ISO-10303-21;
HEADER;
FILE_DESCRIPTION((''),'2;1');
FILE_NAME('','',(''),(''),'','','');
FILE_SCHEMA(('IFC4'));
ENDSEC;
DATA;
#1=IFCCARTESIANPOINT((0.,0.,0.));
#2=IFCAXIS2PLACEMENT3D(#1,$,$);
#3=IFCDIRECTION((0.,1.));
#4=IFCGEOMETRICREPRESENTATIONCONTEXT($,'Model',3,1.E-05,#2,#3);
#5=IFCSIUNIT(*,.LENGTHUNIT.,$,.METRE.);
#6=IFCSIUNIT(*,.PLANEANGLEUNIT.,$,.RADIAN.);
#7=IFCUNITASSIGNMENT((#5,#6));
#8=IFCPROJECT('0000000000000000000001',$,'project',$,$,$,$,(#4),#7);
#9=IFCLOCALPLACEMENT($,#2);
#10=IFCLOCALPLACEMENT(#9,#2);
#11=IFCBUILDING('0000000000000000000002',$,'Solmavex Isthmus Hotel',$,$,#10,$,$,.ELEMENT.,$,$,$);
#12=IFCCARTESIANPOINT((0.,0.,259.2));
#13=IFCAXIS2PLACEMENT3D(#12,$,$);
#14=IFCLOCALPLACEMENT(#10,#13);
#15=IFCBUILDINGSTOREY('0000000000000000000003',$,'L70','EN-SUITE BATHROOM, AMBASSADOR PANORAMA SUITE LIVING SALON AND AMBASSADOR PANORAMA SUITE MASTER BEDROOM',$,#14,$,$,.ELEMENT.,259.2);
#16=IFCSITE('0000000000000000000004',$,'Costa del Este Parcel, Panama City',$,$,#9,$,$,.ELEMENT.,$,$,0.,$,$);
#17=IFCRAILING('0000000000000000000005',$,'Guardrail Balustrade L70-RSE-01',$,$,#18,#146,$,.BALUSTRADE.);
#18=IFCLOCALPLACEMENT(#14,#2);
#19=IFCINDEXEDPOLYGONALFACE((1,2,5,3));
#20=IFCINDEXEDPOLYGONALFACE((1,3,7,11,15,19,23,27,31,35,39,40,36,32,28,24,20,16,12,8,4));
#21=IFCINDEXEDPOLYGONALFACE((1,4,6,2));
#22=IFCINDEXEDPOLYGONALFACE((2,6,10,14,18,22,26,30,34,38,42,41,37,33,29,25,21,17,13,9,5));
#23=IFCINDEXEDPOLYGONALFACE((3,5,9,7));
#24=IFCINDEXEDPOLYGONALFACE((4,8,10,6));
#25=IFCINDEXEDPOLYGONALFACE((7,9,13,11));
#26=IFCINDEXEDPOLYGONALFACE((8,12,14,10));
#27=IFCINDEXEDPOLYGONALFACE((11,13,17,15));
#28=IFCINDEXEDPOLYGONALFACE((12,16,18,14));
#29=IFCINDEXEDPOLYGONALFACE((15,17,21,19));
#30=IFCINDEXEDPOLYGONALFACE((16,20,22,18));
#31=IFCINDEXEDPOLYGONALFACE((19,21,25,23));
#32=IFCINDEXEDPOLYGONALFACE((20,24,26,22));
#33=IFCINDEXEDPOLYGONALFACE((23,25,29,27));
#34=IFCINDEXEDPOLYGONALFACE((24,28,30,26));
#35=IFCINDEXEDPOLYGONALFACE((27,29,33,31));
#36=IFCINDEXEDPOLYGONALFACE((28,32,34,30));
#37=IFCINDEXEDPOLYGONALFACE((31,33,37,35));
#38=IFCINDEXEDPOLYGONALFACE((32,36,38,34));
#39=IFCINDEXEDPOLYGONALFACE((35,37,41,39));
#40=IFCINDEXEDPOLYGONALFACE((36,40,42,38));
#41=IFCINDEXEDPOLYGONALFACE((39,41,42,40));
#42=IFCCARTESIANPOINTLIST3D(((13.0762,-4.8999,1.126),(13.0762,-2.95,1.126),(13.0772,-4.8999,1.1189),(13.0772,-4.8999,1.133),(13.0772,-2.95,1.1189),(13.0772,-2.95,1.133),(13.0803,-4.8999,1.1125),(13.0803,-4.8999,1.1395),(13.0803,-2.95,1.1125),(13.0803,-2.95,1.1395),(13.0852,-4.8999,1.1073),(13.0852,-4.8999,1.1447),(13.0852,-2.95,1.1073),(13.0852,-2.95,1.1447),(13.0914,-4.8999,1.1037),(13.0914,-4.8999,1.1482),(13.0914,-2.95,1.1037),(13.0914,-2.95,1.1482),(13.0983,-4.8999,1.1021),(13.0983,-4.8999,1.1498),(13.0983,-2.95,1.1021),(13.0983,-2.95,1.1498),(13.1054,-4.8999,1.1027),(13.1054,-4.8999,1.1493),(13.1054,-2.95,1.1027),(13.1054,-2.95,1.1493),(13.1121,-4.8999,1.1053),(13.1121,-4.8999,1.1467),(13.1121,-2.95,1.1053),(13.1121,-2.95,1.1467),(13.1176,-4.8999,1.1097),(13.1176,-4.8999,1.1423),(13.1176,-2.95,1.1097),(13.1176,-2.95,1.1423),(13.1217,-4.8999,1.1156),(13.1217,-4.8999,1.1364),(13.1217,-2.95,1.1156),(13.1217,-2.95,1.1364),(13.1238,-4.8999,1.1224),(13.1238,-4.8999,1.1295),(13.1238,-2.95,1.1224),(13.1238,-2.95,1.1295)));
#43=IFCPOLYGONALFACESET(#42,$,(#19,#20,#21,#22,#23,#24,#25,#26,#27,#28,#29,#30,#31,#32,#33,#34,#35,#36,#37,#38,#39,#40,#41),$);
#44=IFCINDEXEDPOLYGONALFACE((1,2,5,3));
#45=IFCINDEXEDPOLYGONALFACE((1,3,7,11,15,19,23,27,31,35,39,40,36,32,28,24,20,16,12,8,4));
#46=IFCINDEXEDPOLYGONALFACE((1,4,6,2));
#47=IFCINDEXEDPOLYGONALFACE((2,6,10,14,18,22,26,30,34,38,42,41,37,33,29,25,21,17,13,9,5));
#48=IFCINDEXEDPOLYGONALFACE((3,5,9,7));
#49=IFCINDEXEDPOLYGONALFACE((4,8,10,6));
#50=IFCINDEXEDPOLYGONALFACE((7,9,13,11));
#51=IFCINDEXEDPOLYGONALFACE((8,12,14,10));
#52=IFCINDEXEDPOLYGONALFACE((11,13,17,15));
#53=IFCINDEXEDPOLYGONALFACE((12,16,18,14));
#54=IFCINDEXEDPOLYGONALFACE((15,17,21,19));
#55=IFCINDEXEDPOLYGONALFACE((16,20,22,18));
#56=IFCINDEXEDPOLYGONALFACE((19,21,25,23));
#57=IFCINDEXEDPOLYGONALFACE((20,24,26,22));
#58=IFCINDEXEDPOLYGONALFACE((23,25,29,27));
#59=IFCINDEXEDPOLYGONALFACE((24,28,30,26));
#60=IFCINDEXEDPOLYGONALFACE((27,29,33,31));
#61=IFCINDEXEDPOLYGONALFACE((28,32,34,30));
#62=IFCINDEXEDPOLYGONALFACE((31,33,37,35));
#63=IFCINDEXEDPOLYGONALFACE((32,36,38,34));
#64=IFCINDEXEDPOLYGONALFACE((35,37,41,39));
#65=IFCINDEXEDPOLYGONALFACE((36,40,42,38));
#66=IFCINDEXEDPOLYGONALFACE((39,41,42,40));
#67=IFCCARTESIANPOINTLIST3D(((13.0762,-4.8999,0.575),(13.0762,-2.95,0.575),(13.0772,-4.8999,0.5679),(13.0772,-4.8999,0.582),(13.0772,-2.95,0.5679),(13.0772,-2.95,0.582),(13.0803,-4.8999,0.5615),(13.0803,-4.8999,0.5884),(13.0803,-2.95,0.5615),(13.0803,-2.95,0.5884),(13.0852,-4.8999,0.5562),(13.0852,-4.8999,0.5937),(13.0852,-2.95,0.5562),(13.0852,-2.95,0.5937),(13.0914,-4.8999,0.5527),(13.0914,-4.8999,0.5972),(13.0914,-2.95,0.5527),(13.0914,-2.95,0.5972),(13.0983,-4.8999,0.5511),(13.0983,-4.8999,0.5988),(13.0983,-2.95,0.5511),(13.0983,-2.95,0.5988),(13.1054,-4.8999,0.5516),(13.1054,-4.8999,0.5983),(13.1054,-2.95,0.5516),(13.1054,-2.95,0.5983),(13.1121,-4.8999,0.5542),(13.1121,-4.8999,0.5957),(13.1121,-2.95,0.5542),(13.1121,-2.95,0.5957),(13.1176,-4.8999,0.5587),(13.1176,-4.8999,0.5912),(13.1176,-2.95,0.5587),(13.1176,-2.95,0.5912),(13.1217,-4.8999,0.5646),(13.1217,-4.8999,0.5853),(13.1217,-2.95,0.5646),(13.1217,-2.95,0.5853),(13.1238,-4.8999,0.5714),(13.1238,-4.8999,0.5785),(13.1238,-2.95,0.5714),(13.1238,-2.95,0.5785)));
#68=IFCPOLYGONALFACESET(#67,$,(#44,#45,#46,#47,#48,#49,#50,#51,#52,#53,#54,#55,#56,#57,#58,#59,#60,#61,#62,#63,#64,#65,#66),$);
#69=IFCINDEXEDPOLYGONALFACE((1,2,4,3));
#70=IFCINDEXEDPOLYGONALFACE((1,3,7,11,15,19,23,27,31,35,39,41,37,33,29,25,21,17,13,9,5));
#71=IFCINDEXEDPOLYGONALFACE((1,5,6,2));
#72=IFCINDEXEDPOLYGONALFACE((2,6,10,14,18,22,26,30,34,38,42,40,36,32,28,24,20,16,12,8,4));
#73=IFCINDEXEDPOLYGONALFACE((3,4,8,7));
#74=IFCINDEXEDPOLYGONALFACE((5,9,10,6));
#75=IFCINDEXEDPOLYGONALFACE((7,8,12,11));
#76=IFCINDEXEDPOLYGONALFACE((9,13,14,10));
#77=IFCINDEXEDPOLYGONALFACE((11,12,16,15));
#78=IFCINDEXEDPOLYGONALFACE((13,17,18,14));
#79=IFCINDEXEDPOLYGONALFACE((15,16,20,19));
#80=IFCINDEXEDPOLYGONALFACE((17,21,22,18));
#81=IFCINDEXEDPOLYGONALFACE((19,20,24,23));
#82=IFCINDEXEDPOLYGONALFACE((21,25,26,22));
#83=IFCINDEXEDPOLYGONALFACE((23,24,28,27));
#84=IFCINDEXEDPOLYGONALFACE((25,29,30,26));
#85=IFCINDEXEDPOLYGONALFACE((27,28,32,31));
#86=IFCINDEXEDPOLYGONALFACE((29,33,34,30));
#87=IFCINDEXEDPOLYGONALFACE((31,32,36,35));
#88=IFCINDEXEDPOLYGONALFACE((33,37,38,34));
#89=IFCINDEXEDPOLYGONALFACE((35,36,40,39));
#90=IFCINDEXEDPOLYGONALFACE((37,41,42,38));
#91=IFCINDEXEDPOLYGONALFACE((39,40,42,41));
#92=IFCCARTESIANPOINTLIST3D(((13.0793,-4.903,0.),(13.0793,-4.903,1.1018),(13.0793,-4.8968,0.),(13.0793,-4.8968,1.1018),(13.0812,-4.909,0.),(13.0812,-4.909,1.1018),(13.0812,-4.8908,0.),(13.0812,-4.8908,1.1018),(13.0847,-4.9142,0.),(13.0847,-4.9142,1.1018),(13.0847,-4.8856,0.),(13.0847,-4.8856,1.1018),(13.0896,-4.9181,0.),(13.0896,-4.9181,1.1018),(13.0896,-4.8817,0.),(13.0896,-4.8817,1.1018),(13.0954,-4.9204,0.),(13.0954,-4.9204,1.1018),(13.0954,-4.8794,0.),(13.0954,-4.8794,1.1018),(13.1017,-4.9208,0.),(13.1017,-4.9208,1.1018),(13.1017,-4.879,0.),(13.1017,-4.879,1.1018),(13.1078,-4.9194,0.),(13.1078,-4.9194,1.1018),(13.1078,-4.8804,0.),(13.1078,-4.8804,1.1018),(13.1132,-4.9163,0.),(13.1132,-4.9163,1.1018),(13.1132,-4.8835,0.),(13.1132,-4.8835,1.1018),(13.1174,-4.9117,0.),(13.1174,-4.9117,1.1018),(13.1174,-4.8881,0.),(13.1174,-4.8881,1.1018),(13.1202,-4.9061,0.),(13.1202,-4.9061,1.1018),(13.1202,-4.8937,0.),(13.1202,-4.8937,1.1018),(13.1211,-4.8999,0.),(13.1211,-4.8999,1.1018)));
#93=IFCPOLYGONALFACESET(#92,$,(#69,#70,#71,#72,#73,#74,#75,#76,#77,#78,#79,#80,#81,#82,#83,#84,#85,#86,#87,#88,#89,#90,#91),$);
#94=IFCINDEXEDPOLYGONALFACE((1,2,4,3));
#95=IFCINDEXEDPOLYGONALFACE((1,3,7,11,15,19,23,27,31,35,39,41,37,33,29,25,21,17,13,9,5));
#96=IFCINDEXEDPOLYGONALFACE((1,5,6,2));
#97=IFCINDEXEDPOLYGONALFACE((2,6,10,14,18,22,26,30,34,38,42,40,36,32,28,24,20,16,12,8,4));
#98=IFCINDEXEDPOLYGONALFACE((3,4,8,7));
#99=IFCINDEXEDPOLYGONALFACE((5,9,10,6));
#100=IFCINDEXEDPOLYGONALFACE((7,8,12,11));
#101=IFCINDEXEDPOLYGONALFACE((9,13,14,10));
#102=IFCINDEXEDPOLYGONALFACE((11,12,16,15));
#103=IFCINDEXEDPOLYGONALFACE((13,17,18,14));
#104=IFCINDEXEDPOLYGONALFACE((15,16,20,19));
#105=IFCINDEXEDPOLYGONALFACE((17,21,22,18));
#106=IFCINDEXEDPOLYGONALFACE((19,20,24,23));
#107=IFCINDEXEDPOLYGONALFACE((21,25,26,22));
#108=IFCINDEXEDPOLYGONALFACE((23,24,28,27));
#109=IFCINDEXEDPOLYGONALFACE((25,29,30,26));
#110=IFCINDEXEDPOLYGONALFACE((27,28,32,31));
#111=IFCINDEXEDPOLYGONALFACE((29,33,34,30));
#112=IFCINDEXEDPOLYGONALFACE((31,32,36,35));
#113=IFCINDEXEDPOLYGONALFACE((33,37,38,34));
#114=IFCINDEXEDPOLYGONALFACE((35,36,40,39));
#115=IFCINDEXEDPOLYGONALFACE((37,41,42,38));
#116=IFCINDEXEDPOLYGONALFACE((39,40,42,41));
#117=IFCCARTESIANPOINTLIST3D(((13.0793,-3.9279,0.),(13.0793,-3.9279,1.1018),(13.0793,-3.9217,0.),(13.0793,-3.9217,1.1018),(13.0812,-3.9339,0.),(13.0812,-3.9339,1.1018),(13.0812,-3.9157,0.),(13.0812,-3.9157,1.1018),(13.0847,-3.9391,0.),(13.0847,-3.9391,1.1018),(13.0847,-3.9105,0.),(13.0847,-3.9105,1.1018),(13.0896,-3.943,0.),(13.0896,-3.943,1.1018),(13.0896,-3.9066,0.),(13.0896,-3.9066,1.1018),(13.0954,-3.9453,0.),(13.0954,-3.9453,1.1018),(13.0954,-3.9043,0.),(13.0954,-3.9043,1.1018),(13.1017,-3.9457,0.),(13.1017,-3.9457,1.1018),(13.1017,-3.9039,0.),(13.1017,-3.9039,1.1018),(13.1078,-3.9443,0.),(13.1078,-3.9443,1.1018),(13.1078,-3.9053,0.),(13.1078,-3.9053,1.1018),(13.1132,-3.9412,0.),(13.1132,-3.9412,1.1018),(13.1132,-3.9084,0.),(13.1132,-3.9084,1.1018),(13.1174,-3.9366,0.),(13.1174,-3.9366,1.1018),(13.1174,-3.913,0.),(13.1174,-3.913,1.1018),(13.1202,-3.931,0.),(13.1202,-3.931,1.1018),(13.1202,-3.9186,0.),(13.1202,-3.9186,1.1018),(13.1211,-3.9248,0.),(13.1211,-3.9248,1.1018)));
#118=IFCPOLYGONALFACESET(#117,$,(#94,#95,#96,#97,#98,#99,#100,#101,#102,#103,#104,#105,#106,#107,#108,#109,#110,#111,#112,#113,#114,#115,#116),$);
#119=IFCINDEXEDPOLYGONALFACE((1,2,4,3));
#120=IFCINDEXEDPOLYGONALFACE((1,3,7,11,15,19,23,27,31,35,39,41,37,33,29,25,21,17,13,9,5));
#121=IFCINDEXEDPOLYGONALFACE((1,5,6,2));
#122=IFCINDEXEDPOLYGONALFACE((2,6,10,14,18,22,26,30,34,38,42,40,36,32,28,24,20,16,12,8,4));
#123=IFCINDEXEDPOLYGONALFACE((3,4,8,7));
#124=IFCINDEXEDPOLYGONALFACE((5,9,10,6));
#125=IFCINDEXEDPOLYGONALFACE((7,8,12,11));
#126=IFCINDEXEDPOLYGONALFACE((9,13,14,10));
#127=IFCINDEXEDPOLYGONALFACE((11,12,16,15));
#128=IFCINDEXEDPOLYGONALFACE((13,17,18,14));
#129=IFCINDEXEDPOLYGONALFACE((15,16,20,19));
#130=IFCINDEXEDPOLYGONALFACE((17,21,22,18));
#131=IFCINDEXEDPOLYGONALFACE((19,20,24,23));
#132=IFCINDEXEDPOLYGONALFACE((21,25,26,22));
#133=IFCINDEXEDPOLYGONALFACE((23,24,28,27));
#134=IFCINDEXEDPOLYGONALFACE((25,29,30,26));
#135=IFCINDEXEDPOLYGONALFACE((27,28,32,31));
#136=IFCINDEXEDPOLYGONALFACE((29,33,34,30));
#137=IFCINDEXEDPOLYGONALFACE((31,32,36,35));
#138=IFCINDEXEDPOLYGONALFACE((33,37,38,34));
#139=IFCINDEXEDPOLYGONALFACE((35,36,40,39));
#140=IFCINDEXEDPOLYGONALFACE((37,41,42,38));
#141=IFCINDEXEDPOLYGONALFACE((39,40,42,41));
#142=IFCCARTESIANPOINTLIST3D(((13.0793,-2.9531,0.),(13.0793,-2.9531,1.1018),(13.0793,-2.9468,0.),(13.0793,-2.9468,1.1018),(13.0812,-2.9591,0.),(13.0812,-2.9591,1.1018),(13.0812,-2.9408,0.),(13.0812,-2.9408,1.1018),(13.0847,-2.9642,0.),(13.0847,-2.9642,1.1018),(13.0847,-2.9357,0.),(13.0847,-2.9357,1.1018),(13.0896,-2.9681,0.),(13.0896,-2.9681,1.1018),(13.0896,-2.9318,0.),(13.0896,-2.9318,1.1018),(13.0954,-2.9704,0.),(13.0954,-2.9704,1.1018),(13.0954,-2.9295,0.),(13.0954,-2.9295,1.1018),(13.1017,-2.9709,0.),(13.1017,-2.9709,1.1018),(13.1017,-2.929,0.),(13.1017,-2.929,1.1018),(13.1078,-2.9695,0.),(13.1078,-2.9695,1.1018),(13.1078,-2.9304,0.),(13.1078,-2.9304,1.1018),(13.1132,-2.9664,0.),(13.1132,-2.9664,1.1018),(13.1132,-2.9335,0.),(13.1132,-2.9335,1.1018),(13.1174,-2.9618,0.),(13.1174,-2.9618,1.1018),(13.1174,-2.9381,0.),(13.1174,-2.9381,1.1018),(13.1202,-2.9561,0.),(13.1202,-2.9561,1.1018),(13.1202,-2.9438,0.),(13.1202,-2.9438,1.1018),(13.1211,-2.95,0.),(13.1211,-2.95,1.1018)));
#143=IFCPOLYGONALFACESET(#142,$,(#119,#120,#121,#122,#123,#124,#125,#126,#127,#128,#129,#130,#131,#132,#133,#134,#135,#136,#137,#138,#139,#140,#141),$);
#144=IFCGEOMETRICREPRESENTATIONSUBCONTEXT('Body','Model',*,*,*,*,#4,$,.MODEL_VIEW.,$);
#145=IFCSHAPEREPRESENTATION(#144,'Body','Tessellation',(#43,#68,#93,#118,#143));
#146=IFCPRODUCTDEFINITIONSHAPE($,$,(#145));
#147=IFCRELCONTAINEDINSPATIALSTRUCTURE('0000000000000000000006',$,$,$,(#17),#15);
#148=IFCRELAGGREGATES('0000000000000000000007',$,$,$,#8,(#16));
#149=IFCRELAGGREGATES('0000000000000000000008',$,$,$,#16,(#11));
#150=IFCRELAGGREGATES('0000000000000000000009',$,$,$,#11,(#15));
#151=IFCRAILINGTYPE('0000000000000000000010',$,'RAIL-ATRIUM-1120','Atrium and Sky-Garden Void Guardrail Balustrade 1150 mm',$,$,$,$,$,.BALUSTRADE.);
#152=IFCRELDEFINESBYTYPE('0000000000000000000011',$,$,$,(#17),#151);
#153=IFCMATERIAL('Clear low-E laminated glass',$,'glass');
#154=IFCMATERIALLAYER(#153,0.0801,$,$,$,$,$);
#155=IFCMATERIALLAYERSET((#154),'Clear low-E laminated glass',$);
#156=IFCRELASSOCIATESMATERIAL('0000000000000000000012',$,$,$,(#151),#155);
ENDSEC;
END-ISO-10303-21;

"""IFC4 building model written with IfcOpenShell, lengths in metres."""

from ifc_helpers import new_model, si_unit, direction, frame, origin, origin_2d, place, context, subcontext, project, spatial, circle, extrude, material, layer, layer_set, type_object, element, save


model = new_model("IFC4")

# Units and contexts
model_context = context("Model", 3, precision=1e-05, world=origin(), true_north=direction((0.0, 1.0)))
body_context = subcontext(model_context, "Body", "Model", "MODEL_VIEW")
ifc_project = project(units=[si_unit("LENGTHUNIT", "METRE"), si_unit("PLANEANGLEUNIT", "RADIAN")], contexts=[model_context])

# Site, building, storey
site_placement = place(None, origin())
site = spatial("IfcSite", under=ifc_project, at=site_placement, Name="Costa del Este Parcel, Panama City", CompositionType="ELEMENT", RefElevation=0.0)
building_placement = place(site_placement, origin())
building = spatial("IfcBuilding", under=site, at=building_placement, Name="Solmavex Isthmus Hotel", CompositionType="ELEMENT")
storey_placement = place(building_placement, frame((0.0, 0.0, 259.2)))
storey = spatial("IfcBuildingStorey", under=building, at=storey_placement, Name="L70", Description="EN-SUITE BATHROOM, AMBASSADOR PANORAMA SUITE LIVING SALON AND AMBASSADOR PANORAMA SUITE MASTER BEDROOM", CompositionType="ELEMENT", Elevation=259.2)

# Railing
ifc_material_1 = material(Name="Clear low-E laminated glass", Category="glass")
ifc_layer_1 = layer(ifc_material_1, 0.0801)
ifc_layer_set_1 = layer_set([ifc_layer_1], Name="Clear low-E laminated glass")
railing_type_1 = type_object("IfcRailingType", Name="RAIL-ATRIUM-1120", Description="Atrium and Sky-Garden Void Guardrail Balustrade 1150 mm", PredefinedType="BALUSTRADE", material=ifc_layer_set_1)
railing_1_placement = place(storey_placement, frame((13.1001, -4.8999, 0.0)))
element("IfcRailing", 1, at=railing_1_placement, inside=storey, type_object=railing_type_1, Name="Guardrail Balustrade L70-RSE-01", PredefinedType="BALUSTRADE", context=body_context, shape_type="SweptSolid", body=[
    extrude(circle(Radius=0.0239, at=origin_2d()), frame((0.0, 0.0, 1.126), z_axis=(0.0, 1.0, 0.0), x_axis=(-1.0, 0.0, 0.0)), (0.0, 0.0, 1.0), 1.95),
    extrude(circle(Radius=0.0239, at=origin_2d()), frame((0.0, 0.0, 0.575), z_axis=(0.0, 1.0, 0.0), x_axis=(-1.0, 0.0, 0.0)), (0.0, 0.0, 1.0), 1.95),
    extrude(circle(Radius=0.021, at=origin_2d()), origin(), (0.0, 0.0, 1.0), 1.1018),
    extrude(circle(Radius=0.021, at=origin_2d()), frame((0.0, 0.9751, 0.0)), (0.0, 0.0, 1.0), 1.1018),
    extrude(circle(Radius=0.021, at=origin_2d()), frame((0.0, 1.95, 0.0)), (0.0, 0.0, 1.0), 1.1018),
])

save(model, "model.ifc")
